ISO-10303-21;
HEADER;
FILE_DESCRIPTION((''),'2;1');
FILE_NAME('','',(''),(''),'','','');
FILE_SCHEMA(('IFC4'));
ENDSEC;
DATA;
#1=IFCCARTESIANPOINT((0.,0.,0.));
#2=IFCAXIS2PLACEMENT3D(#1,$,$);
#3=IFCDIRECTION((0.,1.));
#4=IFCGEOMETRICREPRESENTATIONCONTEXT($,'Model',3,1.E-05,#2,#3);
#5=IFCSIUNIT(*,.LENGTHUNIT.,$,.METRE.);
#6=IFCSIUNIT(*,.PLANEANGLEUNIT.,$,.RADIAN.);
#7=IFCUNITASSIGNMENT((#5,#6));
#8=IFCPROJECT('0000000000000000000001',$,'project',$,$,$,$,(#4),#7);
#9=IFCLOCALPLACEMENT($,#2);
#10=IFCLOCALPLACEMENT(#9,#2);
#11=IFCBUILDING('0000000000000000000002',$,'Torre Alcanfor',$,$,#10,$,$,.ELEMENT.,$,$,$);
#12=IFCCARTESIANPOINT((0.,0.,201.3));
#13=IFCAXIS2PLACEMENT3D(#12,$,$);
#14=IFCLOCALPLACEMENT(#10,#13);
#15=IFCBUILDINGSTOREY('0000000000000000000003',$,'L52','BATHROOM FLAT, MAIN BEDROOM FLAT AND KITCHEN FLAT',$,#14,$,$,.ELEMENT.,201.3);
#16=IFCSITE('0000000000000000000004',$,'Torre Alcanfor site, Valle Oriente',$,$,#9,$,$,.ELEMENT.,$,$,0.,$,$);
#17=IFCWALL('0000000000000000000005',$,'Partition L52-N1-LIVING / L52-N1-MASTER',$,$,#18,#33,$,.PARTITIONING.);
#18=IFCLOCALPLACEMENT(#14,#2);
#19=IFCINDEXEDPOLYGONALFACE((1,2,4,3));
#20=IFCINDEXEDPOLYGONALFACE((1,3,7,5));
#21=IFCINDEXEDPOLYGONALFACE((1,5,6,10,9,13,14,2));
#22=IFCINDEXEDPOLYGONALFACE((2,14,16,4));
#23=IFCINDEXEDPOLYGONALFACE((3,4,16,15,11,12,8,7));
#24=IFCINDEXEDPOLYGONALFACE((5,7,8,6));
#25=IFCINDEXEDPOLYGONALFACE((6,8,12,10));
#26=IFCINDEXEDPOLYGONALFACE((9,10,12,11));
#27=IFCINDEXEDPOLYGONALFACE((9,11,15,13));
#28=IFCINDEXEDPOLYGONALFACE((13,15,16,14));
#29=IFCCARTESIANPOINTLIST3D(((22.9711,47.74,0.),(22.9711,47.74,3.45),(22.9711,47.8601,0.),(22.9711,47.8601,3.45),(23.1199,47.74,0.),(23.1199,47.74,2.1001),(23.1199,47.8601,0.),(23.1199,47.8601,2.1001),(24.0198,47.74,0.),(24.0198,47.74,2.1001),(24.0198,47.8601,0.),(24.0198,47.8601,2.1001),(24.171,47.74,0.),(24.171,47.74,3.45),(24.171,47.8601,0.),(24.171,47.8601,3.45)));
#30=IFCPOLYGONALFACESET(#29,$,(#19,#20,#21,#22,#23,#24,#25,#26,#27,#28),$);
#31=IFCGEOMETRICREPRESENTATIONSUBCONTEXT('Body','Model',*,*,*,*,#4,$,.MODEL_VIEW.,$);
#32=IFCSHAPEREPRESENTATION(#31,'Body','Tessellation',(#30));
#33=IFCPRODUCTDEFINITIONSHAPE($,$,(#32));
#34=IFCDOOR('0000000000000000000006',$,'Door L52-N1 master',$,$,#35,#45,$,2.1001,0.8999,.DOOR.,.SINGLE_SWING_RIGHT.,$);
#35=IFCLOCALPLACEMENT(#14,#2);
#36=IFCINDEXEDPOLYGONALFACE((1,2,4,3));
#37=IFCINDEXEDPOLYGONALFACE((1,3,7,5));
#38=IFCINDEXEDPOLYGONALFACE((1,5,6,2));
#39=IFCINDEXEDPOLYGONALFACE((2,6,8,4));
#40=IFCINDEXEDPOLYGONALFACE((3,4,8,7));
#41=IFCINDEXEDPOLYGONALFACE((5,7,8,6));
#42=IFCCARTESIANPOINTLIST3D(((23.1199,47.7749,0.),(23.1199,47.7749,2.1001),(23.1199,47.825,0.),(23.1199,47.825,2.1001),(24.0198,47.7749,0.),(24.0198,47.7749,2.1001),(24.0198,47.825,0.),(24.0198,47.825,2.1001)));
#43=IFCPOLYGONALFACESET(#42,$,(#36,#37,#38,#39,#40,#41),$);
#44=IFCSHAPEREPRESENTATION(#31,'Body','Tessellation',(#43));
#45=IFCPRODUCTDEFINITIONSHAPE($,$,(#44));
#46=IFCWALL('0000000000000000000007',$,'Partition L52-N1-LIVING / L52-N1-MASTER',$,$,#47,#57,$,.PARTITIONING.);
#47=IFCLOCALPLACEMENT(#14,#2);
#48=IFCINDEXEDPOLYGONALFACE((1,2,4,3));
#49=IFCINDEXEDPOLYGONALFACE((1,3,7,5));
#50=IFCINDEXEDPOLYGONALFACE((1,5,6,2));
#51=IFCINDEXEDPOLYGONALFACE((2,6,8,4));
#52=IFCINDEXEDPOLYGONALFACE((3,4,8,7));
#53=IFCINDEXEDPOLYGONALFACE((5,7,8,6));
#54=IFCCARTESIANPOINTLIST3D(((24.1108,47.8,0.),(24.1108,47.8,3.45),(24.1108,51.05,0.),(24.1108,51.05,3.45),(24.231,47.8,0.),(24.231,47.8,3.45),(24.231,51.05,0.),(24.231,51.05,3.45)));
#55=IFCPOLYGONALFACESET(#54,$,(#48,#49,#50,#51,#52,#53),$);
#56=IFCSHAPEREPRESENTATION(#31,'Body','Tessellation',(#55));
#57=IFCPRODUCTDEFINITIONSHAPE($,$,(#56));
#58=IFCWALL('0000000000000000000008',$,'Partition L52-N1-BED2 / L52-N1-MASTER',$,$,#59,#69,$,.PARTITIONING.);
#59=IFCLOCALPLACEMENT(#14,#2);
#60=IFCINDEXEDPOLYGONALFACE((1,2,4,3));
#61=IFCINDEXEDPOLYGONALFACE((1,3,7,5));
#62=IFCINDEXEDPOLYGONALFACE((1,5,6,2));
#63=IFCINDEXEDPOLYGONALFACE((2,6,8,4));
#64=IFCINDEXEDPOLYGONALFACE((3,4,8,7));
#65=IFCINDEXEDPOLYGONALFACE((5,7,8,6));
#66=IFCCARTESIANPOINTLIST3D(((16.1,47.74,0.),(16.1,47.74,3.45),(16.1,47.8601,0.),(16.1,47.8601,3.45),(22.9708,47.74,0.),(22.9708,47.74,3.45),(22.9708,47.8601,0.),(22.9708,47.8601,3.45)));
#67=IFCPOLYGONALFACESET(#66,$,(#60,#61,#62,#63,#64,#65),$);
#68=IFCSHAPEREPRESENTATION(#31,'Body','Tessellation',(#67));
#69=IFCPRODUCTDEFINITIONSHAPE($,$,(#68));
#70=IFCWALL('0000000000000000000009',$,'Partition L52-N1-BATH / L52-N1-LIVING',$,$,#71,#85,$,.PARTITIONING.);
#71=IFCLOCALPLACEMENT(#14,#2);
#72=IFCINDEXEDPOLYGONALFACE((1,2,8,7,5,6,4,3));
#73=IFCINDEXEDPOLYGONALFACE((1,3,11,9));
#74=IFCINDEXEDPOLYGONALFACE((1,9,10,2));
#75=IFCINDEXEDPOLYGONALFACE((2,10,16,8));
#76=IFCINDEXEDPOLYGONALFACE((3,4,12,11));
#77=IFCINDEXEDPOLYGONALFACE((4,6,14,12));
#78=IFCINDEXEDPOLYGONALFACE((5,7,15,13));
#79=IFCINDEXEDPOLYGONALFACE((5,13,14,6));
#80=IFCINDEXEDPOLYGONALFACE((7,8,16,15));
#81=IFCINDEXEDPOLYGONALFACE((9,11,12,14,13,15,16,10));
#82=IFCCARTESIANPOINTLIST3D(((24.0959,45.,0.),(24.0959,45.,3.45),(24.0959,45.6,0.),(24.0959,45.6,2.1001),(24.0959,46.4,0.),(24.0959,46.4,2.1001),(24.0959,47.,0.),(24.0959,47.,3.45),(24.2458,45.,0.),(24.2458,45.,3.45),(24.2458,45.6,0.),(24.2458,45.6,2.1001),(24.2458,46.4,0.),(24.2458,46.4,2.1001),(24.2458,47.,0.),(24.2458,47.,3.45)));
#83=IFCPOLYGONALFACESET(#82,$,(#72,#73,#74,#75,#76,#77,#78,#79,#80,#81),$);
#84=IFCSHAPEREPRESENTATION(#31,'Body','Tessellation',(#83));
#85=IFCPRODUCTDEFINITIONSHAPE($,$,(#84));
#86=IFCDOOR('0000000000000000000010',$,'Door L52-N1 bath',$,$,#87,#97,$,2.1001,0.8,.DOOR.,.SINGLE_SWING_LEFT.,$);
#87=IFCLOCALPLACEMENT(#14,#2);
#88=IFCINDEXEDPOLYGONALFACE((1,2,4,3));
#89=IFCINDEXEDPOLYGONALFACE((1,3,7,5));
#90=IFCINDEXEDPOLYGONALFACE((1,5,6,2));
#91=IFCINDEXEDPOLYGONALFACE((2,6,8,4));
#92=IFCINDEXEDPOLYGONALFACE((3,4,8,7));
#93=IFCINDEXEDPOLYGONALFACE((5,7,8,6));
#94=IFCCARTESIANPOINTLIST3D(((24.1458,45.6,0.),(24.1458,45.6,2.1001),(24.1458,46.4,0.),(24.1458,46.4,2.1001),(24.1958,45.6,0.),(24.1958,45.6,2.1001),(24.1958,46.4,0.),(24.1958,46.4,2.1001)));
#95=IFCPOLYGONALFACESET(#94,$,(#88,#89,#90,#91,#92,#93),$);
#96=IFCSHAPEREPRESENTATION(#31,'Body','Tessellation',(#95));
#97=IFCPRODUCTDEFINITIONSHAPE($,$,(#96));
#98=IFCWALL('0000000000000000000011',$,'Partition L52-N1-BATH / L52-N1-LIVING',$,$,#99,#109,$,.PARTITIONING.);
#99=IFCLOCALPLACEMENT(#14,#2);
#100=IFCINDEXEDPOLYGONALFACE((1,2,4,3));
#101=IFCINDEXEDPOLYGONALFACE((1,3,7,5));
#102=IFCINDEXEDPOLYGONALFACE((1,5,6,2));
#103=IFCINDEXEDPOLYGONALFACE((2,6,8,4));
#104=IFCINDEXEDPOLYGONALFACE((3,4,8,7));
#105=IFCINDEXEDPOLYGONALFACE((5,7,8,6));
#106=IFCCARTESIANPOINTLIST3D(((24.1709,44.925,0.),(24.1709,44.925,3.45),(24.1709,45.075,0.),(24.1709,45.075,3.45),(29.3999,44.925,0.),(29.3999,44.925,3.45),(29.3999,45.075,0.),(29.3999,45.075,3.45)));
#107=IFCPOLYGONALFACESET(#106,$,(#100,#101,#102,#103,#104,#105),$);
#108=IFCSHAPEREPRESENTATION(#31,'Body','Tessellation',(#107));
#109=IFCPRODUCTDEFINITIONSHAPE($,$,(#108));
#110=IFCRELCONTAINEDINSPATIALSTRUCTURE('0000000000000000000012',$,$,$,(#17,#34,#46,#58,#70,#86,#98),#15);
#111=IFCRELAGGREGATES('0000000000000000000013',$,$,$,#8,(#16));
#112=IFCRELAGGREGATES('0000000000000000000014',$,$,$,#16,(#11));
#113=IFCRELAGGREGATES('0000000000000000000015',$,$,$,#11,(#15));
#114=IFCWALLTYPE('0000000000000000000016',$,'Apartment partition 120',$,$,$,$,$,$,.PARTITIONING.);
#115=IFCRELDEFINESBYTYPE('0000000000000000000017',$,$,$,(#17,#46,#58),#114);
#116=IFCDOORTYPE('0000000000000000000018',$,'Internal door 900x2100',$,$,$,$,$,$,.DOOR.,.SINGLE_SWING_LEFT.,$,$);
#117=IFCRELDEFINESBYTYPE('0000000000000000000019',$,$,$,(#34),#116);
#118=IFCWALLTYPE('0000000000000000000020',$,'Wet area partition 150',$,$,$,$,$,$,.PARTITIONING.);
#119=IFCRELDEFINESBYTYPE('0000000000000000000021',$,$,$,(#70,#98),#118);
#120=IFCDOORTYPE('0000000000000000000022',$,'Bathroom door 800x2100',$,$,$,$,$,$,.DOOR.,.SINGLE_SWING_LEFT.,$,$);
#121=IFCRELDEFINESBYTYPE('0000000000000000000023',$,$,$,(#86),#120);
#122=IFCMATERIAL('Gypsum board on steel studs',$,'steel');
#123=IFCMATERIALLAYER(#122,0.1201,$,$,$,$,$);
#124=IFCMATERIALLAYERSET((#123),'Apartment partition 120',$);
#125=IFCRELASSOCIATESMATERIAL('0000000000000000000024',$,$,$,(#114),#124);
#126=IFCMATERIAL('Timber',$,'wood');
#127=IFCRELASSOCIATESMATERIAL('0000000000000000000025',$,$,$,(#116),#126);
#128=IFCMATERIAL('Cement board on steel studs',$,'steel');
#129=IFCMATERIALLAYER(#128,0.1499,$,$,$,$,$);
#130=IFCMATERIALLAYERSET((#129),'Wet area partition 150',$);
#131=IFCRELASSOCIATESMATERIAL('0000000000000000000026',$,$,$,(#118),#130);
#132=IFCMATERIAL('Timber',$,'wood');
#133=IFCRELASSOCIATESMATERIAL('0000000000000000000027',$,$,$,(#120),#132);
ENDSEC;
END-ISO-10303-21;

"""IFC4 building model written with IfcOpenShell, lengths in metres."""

from ifc_helpers import new_model, si_unit, direction, frame, frame_2d, origin, place, context, subcontext, project, spatial, rectangle, extrude, material, layer, layer_set, type_object, element, fill, save


model = new_model("IFC4")

# Units and contexts
model_context = context("Model", 3, precision=1e-05, world=origin(), true_north=direction((0.0, 1.0)))
body_context = subcontext(model_context, "Body", "Model", "MODEL_VIEW")
ifc_project = project(units=[si_unit("LENGTHUNIT", "METRE"), si_unit("PLANEANGLEUNIT", "RADIAN")], contexts=[model_context])

# Site, building, storey
site_placement = place(None, origin())
site = spatial("IfcSite", under=ifc_project, at=site_placement, Name="Torre Alcanfor site, Valle Oriente", CompositionType="ELEMENT", RefElevation=0.0)
building_placement = place(site_placement, origin())
building = spatial("IfcBuilding", under=site, at=building_placement, Name="Torre Alcanfor", CompositionType="ELEMENT")
storey_placement = place(building_placement, frame((0.0, 0.0, 201.3)))
storey = spatial("IfcBuildingStorey", under=building, at=storey_placement, Name="L52", Description="BATHROOM FLAT, MAIN BEDROOM FLAT AND KITCHEN FLAT", CompositionType="ELEMENT", Elevation=201.3)

# Wall, opening, door
ifc_material_1 = material(Name="Gypsum board on steel studs", Category="steel")
ifc_layer_1 = layer(ifc_material_1, 0.1201)
ifc_layer_set_1 = layer_set([ifc_layer_1], Name="Apartment partition 120")
wall_type_1 = type_object("IfcWallType", Name="Apartment partition 120", PredefinedType="PARTITIONING", material=ifc_layer_set_1)
ifc_material_2 = material(Name="Timber", Category="wood")
door_type_1 = type_object("IfcDoorType", Name="Internal door 900x2100", OperationType="SINGLE_SWING_LEFT", PredefinedType="DOOR", material=ifc_material_2)
wall_1_placement = place(storey_placement, frame((22.9709, 47.8, 0.0), z_axis=(0.0, 0.0, 1.0), x_axis=(1.0, 0.0, 0.0)))
wall_1 = element("IfcWall", 1, at=wall_1_placement, inside=storey, type_object=wall_type_1, Name="Partition L52-N1-LIVING / L52-N1-MASTER", PredefinedType="PARTITIONING", context=body_context, shape_type="SweptSolid", body=[
    extrude(rectangle(XDim=1.2, YDim=0.1201, at=frame_2d((0.6001, 0.0))), origin(), (0.0, 0.0, 1.0), 3.45),
])
opening_1_placement = place(wall_1_placement, frame((0.1489, 0.0, 0.0)))
opening_1 = element("IfcOpeningElement", 2, at=opening_1_placement, cuts=wall_1, PredefinedType="OPENING", context=body_context, shape_type="SweptSolid", body=[
    extrude(rectangle(XDim=0.8999, YDim=2.1001, at=frame_2d((0.45, 1.05))), frame((0.0, 0.0701, 0.0), z_axis=(0.0, -1.0, 0.0), x_axis=(1.0, 0.0, 0.0)), (0.0, 0.0, 1.0), 0.1401),
])
door_1_placement = place(opening_1_placement, origin())
door_1 = element("IfcDoor", 3, at=door_1_placement, inside=storey, type_object=door_type_1, Name="Door L52-N1 master", OperationType="SINGLE_SWING_RIGHT", OverallHeight=2.1001, OverallWidth=0.8999, PredefinedType="DOOR", context=body_context, shape_type="SweptSolid", body=[
    extrude(rectangle(XDim=0.8999, YDim=2.1001, at=frame_2d((0.45, 1.05))), frame((0.0, 0.0249, 0.0), z_axis=(0.0, -1.0, 0.0), x_axis=(1.0, 0.0, 0.0)), (0.0, 0.0, 1.0), 0.05),
])
fill(opening_1, door_1)

# Walls
wall_2_placement = place(storey_placement, frame((24.1709, 47.8, 0.0), z_axis=(0.0, 0.0, 1.0), x_axis=(0.0, 1.0, 0.0)))
element("IfcWall", 4, at=wall_2_placement, inside=storey, type_object=wall_type_1, Name="Partition L52-N1-LIVING / L52-N1-MASTER", PredefinedType="PARTITIONING", context=body_context, shape_type="SweptSolid", body=[
    extrude(rectangle(XDim=3.25, YDim=0.1201, at=frame_2d((1.625, 0.0))), origin(), (0.0, 0.0, 1.0), 3.45),
])
wall_3_placement = place(storey_placement, frame((22.9709, 47.8, 0.0), z_axis=(0.0, 0.0, 1.0), x_axis=(-1.0, 0.0, 0.0)))
element("IfcWall", 5, at=wall_3_placement, inside=storey, type_object=wall_type_1, Name="Partition L52-N1-BED2 / L52-N1-MASTER", PredefinedType="PARTITIONING", context=body_context, shape_type="SweptSolid", body=[
    extrude(rectangle(XDim=6.8708, YDim=0.1201, at=frame_2d((3.4355, 0.0))), origin(), (0.0, 0.0, 1.0), 3.45),
])

# Wall, opening, door
ifc_material_3 = material(Name="Cement board on steel studs", Category="steel")
ifc_layer_2 = layer(ifc_material_3, 0.1499)
ifc_layer_set_2 = layer_set([ifc_layer_2], Name="Wet area partition 150")
wall_type_2 = type_object("IfcWallType", Name="Wet area partition 150", PredefinedType="PARTITIONING", material=ifc_layer_set_2)
wall_4_placement = place(storey_placement, frame((24.1709, 47.0, 0.0), z_axis=(0.0, 0.0, 1.0), x_axis=(0.0, -1.0, 0.0)))
wall_4 = element("IfcWall", 6, at=wall_4_placement, inside=storey, type_object=wall_type_2, Name="Partition L52-N1-BATH / L52-N1-LIVING", PredefinedType="PARTITIONING", context=body_context, shape_type="SweptSolid", body=[
    extrude(rectangle(XDim=2.0, YDim=0.1499, at=frame_2d((1.0, 0.0))), origin(), (0.0, 0.0, 1.0), 3.45),
])
opening_2_placement = place(wall_4_placement, frame((0.6001, 0.0, 0.0)))
opening_2 = element("IfcOpeningElement", 7, at=opening_2_placement, cuts=wall_4, PredefinedType="OPENING", context=body_context, shape_type="SweptSolid", body=[
    extrude(rectangle(XDim=0.8, YDim=2.1001, at=frame_2d((0.3999, 1.05))), frame((0.0, 0.085, 0.0), z_axis=(0.0, -1.0, 0.0), x_axis=(1.0, 0.0, 0.0)), (0.0, 0.0, 1.0), 0.1699),
])
ifc_material_4 = material(Name="Timber", Category="wood")
door_type_2 = type_object("IfcDoorType", Name="Bathroom door 800x2100", OperationType="SINGLE_SWING_LEFT", PredefinedType="DOOR", material=ifc_material_4)
door_2_placement = place(opening_2_placement, origin())
door_2 = element("IfcDoor", 8, at=door_2_placement, inside=storey, type_object=door_type_2, Name="Door L52-N1 bath", OperationType="SINGLE_SWING_LEFT", OverallHeight=2.1001, OverallWidth=0.8, PredefinedType="DOOR", context=body_context, shape_type="SweptSolid", body=[
    extrude(rectangle(XDim=0.8, YDim=2.1001, at=frame_2d((0.3999, 1.05))), frame((0.0, 0.0249, 0.0), z_axis=(0.0, -1.0, 0.0), x_axis=(1.0, 0.0, 0.0)), (0.0, 0.0, 1.0), 0.05),
])
fill(opening_2, door_2)

# Wall
wall_5_placement = place(storey_placement, frame((24.1709, 45.0, 0.0), z_axis=(0.0, 0.0, 1.0), x_axis=(1.0, 0.0, 0.0)))
element("IfcWall", 9, at=wall_5_placement, inside=storey, type_object=wall_type_2, Name="Partition L52-N1-BATH / L52-N1-LIVING", PredefinedType="PARTITIONING", context=body_context, shape_type="SweptSolid", body=[
    extrude(rectangle(XDim=5.229, YDim=0.1499, at=frame_2d((2.6145, 0.0))), origin(), (0.0, 0.0, 1.0), 3.45),
])

save(model, "model.ifc")
